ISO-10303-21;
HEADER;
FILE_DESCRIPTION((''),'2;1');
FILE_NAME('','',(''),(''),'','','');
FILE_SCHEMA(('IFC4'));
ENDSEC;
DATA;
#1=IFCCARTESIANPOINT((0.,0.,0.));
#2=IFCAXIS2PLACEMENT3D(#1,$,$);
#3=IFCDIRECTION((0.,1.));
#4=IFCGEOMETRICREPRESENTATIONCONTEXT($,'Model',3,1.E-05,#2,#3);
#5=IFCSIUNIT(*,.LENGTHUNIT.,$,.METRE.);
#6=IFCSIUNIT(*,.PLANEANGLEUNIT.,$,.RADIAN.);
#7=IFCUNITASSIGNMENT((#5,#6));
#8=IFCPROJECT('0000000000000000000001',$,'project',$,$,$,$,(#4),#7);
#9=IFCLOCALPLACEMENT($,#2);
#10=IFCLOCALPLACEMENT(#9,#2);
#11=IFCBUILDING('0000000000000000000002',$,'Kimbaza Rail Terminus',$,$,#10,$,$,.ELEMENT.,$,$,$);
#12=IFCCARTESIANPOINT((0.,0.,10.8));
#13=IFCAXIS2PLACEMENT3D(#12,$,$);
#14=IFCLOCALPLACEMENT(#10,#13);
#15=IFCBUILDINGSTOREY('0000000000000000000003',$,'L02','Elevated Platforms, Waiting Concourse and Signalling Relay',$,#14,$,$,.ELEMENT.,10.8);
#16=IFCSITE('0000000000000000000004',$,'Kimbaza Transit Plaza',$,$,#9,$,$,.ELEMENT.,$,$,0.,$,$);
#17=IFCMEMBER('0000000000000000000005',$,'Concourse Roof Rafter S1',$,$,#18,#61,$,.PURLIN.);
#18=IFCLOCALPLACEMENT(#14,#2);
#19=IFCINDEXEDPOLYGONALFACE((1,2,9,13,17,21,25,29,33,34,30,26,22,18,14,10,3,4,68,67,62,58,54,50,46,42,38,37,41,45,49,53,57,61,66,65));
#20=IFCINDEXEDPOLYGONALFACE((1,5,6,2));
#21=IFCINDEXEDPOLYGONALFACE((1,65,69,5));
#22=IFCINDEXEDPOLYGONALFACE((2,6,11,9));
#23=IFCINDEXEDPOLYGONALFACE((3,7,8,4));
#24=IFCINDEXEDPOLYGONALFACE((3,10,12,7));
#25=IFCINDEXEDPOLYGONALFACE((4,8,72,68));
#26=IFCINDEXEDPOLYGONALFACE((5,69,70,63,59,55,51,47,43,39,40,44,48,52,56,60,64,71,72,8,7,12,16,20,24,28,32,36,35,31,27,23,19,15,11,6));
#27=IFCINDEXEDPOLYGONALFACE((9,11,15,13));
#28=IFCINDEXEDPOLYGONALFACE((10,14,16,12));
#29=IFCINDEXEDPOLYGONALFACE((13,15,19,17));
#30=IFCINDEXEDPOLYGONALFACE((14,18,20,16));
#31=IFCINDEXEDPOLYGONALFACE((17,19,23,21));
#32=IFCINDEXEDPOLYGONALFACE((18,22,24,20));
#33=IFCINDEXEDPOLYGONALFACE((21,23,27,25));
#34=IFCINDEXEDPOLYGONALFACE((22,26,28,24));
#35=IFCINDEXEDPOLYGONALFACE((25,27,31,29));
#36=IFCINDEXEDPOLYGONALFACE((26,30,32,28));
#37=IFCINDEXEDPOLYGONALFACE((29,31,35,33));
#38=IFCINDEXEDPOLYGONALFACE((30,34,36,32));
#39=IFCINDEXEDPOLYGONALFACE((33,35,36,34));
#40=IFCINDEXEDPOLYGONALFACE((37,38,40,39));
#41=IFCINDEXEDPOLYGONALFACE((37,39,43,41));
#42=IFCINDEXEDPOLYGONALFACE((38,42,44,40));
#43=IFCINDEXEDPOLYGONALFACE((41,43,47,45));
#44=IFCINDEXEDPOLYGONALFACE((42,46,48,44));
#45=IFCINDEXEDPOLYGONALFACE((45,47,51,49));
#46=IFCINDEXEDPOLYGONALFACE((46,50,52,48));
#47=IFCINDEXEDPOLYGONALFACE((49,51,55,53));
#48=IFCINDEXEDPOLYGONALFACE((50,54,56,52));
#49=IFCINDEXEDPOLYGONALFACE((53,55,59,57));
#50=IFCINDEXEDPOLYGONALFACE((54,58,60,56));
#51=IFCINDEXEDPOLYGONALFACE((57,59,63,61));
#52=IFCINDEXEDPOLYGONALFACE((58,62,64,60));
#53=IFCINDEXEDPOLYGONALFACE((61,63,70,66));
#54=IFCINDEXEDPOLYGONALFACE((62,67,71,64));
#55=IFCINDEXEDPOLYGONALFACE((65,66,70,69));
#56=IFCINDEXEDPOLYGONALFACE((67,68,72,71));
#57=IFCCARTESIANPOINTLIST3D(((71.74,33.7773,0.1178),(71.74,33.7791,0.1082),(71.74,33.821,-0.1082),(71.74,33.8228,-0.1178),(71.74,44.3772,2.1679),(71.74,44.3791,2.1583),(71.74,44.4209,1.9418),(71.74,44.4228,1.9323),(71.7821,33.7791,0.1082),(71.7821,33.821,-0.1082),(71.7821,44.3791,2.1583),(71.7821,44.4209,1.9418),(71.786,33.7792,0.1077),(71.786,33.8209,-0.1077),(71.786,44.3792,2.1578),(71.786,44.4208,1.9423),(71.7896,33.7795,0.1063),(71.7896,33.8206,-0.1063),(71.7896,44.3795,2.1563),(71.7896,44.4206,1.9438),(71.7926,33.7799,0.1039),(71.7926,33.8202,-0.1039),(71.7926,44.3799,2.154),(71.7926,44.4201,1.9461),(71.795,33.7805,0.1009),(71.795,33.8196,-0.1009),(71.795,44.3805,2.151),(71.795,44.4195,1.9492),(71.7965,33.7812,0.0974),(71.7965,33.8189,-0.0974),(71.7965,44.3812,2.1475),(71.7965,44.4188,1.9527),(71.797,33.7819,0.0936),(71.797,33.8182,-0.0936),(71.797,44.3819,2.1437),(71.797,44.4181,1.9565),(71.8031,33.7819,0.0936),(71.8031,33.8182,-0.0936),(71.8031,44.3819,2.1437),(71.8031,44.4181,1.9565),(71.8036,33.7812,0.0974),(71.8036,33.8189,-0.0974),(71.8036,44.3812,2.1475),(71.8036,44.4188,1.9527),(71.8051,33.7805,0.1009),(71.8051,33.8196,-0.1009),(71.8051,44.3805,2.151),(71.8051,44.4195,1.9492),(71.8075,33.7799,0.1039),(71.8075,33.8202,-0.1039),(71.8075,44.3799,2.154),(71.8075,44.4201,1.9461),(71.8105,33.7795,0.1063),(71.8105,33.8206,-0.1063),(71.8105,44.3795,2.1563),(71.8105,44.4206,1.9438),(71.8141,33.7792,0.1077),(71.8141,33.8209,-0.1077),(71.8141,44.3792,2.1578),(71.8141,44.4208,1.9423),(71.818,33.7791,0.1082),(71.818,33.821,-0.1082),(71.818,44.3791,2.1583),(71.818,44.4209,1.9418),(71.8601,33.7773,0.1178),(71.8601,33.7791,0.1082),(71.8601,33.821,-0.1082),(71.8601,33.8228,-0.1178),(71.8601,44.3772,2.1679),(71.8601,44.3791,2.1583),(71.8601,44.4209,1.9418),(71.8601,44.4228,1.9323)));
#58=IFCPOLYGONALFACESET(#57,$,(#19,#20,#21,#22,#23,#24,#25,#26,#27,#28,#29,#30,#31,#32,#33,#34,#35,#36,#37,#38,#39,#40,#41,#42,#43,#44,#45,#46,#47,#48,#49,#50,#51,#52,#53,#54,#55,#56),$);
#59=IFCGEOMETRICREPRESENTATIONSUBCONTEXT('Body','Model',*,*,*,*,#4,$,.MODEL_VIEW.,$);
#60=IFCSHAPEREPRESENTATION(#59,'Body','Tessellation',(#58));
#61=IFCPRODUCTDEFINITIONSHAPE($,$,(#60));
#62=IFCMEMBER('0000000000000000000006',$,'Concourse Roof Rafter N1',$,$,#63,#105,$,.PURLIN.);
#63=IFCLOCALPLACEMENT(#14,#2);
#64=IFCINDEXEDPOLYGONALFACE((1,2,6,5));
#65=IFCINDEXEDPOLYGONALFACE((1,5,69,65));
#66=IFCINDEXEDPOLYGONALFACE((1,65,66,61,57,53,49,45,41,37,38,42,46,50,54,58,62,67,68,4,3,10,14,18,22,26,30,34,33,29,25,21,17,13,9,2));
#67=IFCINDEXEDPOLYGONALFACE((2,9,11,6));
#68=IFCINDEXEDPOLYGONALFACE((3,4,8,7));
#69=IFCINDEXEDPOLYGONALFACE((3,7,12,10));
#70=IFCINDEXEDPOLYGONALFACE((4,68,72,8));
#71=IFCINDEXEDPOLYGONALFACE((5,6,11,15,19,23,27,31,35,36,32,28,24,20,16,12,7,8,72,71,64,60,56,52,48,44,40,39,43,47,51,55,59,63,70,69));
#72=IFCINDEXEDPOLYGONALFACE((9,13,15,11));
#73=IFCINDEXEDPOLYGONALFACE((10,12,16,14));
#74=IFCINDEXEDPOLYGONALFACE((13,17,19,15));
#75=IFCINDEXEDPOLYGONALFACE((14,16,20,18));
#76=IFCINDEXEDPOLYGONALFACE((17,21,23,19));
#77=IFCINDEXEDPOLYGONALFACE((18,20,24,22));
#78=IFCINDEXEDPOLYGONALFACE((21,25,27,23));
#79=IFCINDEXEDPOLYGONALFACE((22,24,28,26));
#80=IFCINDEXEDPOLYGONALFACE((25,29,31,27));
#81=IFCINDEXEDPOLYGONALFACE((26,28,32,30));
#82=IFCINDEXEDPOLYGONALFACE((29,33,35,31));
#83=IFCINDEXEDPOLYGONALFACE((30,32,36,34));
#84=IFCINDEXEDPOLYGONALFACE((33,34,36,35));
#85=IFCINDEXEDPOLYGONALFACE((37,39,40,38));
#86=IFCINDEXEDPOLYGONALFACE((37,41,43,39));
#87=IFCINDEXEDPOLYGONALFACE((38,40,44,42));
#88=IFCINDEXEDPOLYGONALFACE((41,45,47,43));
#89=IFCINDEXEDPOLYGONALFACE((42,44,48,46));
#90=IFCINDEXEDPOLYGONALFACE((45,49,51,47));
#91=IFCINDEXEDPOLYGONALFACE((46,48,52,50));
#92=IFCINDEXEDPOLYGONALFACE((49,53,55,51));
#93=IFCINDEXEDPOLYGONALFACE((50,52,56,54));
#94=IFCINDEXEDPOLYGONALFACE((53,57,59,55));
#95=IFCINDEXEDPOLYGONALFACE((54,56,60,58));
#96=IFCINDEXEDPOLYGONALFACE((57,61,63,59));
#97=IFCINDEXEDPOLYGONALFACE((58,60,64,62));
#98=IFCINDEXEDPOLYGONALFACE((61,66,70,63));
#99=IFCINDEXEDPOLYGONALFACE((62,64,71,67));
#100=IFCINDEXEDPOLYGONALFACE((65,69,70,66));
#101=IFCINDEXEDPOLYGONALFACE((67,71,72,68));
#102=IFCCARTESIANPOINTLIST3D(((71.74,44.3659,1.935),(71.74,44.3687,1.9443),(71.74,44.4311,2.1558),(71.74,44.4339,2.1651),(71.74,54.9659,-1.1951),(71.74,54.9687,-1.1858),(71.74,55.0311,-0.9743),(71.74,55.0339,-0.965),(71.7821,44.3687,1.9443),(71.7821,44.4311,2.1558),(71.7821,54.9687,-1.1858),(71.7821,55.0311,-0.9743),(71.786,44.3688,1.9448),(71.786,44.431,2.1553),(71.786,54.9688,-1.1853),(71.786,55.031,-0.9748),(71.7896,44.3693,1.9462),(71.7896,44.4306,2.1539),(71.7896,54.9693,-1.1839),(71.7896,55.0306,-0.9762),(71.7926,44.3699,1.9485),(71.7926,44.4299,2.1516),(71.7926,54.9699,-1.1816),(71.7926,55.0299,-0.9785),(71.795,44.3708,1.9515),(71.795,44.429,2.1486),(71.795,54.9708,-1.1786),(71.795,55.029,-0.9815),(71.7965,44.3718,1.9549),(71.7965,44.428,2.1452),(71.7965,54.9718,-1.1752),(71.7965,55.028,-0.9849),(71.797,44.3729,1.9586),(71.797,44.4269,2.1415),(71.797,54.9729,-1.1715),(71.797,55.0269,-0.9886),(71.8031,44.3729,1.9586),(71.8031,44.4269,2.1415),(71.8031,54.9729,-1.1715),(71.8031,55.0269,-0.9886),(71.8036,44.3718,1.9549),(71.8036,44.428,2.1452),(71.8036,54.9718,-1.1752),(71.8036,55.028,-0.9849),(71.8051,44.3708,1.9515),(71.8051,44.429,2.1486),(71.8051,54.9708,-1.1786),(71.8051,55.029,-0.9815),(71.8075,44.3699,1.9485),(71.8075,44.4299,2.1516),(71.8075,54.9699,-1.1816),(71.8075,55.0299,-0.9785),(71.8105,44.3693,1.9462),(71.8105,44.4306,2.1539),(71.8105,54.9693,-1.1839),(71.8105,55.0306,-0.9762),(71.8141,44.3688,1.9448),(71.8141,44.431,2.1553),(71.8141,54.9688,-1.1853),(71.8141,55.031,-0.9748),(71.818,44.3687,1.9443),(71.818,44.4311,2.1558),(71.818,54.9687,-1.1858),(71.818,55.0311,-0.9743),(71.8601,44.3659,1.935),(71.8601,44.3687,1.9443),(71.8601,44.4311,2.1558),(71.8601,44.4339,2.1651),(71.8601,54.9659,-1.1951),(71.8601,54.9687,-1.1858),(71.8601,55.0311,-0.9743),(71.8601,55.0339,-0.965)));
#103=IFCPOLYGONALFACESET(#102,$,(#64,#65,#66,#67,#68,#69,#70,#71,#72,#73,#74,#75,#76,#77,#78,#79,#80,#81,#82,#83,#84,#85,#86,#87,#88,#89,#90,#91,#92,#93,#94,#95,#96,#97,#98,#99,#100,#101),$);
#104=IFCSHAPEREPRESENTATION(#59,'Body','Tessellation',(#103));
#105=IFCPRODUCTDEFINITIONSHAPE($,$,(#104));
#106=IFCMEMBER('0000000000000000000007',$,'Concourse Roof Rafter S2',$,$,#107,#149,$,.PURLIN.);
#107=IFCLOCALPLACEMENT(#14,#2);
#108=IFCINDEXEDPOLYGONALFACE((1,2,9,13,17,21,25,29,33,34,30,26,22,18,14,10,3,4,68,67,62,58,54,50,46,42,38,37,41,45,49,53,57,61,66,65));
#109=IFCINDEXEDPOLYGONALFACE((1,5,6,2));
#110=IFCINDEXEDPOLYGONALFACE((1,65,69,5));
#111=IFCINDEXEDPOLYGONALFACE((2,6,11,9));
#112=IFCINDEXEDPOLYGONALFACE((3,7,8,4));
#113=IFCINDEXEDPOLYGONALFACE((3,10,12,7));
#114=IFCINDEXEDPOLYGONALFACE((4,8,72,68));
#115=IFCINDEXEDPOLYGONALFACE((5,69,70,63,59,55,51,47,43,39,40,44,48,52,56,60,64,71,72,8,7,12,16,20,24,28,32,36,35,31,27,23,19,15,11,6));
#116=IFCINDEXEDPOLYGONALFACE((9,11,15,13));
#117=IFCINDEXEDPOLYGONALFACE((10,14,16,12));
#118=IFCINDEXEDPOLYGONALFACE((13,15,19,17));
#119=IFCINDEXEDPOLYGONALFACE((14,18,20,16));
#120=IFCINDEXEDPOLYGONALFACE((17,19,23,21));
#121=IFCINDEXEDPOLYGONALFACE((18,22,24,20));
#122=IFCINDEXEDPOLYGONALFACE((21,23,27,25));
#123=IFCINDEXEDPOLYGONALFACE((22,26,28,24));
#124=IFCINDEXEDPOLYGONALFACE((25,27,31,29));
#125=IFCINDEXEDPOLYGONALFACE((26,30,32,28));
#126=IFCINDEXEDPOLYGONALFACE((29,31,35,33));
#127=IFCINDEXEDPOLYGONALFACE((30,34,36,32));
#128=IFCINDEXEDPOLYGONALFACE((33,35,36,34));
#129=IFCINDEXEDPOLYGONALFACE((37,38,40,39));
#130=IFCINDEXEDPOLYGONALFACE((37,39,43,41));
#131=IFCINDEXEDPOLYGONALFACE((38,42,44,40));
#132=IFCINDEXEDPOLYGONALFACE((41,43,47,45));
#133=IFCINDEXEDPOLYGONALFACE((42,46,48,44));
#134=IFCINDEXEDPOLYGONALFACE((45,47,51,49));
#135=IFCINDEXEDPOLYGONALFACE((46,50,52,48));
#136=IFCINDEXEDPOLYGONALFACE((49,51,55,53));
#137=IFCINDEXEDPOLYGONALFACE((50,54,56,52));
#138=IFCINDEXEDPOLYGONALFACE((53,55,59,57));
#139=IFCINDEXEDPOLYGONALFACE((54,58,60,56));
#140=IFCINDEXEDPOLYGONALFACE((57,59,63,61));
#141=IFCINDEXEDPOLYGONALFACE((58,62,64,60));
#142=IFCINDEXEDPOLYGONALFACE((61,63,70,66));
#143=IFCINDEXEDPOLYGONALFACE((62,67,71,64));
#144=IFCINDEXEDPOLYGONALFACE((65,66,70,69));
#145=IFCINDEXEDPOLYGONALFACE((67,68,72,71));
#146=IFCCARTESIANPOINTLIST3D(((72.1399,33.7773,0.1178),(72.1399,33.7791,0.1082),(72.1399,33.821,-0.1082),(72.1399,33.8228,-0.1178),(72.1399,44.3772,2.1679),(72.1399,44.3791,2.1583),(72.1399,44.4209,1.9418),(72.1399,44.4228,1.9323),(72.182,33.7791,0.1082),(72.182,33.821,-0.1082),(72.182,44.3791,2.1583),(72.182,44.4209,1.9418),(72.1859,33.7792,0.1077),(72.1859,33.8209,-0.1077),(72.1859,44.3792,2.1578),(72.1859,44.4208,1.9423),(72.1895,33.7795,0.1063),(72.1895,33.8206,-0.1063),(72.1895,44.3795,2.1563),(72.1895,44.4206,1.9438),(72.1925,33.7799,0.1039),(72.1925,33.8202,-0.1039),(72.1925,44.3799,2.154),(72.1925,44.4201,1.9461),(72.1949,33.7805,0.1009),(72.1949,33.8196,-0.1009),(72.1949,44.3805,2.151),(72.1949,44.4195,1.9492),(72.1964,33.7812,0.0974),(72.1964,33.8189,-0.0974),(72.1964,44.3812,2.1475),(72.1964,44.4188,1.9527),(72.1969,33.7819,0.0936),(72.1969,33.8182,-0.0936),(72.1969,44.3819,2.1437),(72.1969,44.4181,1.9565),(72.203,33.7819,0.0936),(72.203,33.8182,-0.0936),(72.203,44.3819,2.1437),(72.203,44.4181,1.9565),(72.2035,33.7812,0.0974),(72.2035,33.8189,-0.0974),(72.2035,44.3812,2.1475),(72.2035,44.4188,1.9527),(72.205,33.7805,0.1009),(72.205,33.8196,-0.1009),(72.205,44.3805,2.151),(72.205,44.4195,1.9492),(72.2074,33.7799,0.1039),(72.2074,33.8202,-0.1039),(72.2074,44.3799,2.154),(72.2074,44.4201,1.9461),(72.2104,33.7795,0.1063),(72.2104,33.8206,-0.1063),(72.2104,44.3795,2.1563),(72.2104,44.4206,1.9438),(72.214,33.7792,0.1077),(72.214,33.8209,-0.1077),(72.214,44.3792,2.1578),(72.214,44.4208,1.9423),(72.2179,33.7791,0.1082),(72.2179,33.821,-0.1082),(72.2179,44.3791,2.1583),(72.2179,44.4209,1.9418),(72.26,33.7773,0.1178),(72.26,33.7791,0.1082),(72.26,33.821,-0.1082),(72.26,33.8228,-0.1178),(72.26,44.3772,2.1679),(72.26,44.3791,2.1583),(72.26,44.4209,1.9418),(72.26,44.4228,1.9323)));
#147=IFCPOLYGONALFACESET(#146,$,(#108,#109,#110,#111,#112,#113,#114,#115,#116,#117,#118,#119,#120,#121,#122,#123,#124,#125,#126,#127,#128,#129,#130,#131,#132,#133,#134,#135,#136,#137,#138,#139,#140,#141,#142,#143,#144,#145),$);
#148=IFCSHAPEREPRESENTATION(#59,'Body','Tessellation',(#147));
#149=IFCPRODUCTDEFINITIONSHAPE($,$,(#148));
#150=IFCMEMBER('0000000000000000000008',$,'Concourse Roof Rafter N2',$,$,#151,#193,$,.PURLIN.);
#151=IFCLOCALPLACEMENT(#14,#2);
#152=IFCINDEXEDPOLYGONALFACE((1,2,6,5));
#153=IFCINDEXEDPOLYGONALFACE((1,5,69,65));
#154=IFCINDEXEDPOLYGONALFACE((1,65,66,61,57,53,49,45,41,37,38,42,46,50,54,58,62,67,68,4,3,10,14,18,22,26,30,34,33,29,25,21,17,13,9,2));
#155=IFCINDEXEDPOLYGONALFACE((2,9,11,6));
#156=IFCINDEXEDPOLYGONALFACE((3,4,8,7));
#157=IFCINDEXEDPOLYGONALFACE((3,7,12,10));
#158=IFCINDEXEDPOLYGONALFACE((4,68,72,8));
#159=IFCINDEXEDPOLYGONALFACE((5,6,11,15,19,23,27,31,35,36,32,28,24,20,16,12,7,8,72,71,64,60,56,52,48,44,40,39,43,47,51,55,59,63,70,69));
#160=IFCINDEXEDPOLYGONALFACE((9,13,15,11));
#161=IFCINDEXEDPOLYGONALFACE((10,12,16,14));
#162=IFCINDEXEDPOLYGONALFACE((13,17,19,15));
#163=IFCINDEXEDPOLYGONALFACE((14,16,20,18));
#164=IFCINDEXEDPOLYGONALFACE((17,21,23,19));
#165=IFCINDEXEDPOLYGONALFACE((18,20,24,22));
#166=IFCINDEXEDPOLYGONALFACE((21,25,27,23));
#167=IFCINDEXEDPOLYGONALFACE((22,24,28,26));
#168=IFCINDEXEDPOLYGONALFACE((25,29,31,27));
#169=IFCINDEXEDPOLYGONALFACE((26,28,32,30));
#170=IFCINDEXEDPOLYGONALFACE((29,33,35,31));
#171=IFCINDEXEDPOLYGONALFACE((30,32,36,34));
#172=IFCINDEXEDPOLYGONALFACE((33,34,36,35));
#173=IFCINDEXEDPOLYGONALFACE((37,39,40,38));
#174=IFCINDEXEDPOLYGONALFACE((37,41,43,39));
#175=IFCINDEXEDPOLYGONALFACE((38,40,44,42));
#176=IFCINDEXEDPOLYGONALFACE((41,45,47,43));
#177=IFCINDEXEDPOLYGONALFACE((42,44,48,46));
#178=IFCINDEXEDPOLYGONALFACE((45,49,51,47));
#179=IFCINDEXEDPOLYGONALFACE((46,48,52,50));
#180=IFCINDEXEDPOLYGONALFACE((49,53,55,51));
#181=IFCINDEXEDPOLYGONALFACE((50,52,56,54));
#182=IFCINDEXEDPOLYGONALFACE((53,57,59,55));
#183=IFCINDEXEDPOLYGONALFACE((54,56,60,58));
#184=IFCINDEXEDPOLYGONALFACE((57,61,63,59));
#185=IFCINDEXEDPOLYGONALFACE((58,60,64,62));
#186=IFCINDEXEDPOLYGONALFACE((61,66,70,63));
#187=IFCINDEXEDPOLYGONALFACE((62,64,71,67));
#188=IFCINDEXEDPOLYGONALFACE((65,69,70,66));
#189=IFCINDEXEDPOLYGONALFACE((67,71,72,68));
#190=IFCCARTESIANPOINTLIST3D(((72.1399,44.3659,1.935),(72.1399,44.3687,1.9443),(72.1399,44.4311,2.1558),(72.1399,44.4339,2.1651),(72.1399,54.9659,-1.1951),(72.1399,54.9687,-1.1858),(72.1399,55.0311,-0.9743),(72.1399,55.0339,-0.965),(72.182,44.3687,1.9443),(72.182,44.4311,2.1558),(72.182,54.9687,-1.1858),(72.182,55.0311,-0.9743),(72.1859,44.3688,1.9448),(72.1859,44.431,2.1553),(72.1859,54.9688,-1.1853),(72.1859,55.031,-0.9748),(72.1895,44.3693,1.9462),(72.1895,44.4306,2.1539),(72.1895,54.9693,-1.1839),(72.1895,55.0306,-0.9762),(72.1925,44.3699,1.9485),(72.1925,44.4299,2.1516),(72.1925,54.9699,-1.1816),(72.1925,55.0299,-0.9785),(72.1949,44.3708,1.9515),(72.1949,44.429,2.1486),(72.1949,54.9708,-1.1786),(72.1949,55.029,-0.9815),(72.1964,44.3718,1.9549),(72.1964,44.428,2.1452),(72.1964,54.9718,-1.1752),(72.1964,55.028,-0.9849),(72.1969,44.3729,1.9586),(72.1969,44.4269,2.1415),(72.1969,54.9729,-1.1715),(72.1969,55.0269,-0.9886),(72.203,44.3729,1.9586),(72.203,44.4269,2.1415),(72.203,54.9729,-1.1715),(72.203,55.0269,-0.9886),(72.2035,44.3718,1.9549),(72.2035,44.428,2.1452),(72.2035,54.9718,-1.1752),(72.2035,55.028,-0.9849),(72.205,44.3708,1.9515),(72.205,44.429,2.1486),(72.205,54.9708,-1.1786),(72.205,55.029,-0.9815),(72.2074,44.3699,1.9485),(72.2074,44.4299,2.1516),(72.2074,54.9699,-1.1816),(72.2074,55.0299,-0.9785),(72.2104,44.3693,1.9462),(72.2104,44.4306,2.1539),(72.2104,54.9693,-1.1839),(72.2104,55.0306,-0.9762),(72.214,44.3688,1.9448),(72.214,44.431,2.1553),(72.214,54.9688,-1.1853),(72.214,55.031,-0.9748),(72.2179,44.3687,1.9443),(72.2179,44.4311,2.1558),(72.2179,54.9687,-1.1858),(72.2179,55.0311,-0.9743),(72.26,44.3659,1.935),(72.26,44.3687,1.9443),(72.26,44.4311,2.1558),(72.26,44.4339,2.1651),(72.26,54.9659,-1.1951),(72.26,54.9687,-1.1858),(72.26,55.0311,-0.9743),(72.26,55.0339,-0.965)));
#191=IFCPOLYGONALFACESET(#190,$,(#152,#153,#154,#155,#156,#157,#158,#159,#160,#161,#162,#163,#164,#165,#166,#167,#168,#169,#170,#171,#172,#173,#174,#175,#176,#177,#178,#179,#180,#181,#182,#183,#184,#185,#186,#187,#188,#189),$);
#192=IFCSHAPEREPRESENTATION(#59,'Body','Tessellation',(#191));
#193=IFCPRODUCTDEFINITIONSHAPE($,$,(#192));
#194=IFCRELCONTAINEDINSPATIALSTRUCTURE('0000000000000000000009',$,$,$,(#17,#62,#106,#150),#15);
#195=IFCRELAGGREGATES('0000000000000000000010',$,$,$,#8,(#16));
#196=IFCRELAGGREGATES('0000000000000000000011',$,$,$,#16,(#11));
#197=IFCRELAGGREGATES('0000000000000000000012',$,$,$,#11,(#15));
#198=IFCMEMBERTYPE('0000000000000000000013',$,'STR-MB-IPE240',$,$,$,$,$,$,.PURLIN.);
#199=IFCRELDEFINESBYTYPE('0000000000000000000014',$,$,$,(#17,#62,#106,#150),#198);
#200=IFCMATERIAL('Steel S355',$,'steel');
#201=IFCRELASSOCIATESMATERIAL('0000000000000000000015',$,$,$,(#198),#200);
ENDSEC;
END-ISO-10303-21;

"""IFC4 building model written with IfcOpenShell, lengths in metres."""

from ifc_helpers import new_model, si_unit, direction, frame, origin, origin_2d, place, context, subcontext, project, spatial, i_section, extrude, material, material_profile, profile_set, type_object, element, save


model = new_model("IFC4")

# Units and contexts
model_context = context("Model", 3, precision=1e-05, world=origin(), true_north=direction((0.0, 1.0)))
body_context = subcontext(model_context, "Body", "Model", "MODEL_VIEW")
ifc_project = project(units=[si_unit("LENGTHUNIT", "METRE"), si_unit("PLANEANGLEUNIT", "RADIAN")], contexts=[model_context])

# Site, building, storey
site_placement = place(None, origin())
site = spatial("IfcSite", under=ifc_project, at=site_placement, Name="Kimbaza Transit Plaza", CompositionType="ELEMENT", RefElevation=0.0)
building_placement = place(site_placement, origin())
building = spatial("IfcBuilding", under=site, at=building_placement, Name="Kimbaza Rail Terminus", CompositionType="ELEMENT")
storey_placement = place(building_placement, frame((0.0, 0.0, 10.8)))
storey = spatial("IfcBuildingStorey", under=building, at=storey_placement, Name="L02", Description="Elevated Platforms, Waiting Concourse and Signalling Relay", CompositionType="ELEMENT", Elevation=10.8)

# Members
ifc_material_1 = material(Name="Steel S355", Category="steel")
ifc_material_profile_1 = material_profile(ifc_material_1, i_section(OverallWidth=0.1201, OverallDepth=0.24, WebThickness=0.0061, FlangeThickness=0.0098, FilletRadius=0.0149, at=origin_2d()), Name="IPE 240")
ifc_profile_set_1 = profile_set([ifc_material_profile_1], Name="Steel S355")
member_type_1 = type_object("IfcMemberType", Name="STR-MB-IPE240", PredefinedType="PURLIN", material=ifc_profile_set_1)
member_1_placement = place(storey_placement, frame((71.8, 33.8, 0.0), z_axis=(0.0, 0.981806, 0.189885), x_axis=(-1.0, 0.0, 0.0)))
element("IfcMember", 1, at=member_1_placement, inside=storey, type_object=member_type_1, Name="Concourse Roof Rafter S1", PredefinedType="PURLIN", context=body_context, shape_type="SweptSolid", body=[
    extrude(i_section(OverallWidth=0.1201, OverallDepth=0.24, WebThickness=0.0061, FlangeThickness=0.0098, FilletRadius=0.0149, at=origin_2d()), origin(), (0.0, 0.0, 1.0), 10.7964),
])
member_2_placement = place(storey_placement, frame((71.8, 44.3999, 2.05), z_axis=(0.0, 0.95906, -0.283203), x_axis=(-1.0, 0.0, 0.0)))
element("IfcMember", 2, at=member_2_placement, inside=storey, type_object=member_type_1, Name="Concourse Roof Rafter N1", PredefinedType="PURLIN", context=body_context, shape_type="SweptSolid", body=[
    extrude(i_section(OverallWidth=0.1201, OverallDepth=0.24, WebThickness=0.0061, FlangeThickness=0.0098, FilletRadius=0.0149, at=origin_2d()), origin(), (0.0, 0.0, 1.0), 11.0525),
])
member_3_placement = place(storey_placement, frame((72.2, 33.8, 0.0), z_axis=(0.0, 0.981806, 0.189885), x_axis=(-1.0, 0.0, 0.0)))
element("IfcMember", 3, at=member_3_placement, inside=storey, type_object=member_type_1, Name="Concourse Roof Rafter S2", PredefinedType="PURLIN", context=body_context, shape_type="SweptSolid", body=[
    extrude(i_section(OverallWidth=0.1201, OverallDepth=0.24, WebThickness=0.0061, FlangeThickness=0.0098, FilletRadius=0.0149, at=origin_2d()), origin(), (0.0, 0.0, 1.0), 10.7964),
])
member_4_placement = place(storey_placement, frame((72.2, 44.3999, 2.05), z_axis=(0.0, 0.95906, -0.283203), x_axis=(-1.0, 0.0, 0.0)))
element("IfcMember", 4, at=member_4_placement, inside=storey, type_object=member_type_1, Name="Concourse Roof Rafter N2", PredefinedType="PURLIN", context=body_context, shape_type="SweptSolid", body=[
    extrude(i_section(OverallWidth=0.1201, OverallDepth=0.24, WebThickness=0.0061, FlangeThickness=0.0098, FilletRadius=0.0149, at=origin_2d()), origin(), (0.0, 0.0, 1.0), 11.0525),
])

save(model, "model.ifc")
